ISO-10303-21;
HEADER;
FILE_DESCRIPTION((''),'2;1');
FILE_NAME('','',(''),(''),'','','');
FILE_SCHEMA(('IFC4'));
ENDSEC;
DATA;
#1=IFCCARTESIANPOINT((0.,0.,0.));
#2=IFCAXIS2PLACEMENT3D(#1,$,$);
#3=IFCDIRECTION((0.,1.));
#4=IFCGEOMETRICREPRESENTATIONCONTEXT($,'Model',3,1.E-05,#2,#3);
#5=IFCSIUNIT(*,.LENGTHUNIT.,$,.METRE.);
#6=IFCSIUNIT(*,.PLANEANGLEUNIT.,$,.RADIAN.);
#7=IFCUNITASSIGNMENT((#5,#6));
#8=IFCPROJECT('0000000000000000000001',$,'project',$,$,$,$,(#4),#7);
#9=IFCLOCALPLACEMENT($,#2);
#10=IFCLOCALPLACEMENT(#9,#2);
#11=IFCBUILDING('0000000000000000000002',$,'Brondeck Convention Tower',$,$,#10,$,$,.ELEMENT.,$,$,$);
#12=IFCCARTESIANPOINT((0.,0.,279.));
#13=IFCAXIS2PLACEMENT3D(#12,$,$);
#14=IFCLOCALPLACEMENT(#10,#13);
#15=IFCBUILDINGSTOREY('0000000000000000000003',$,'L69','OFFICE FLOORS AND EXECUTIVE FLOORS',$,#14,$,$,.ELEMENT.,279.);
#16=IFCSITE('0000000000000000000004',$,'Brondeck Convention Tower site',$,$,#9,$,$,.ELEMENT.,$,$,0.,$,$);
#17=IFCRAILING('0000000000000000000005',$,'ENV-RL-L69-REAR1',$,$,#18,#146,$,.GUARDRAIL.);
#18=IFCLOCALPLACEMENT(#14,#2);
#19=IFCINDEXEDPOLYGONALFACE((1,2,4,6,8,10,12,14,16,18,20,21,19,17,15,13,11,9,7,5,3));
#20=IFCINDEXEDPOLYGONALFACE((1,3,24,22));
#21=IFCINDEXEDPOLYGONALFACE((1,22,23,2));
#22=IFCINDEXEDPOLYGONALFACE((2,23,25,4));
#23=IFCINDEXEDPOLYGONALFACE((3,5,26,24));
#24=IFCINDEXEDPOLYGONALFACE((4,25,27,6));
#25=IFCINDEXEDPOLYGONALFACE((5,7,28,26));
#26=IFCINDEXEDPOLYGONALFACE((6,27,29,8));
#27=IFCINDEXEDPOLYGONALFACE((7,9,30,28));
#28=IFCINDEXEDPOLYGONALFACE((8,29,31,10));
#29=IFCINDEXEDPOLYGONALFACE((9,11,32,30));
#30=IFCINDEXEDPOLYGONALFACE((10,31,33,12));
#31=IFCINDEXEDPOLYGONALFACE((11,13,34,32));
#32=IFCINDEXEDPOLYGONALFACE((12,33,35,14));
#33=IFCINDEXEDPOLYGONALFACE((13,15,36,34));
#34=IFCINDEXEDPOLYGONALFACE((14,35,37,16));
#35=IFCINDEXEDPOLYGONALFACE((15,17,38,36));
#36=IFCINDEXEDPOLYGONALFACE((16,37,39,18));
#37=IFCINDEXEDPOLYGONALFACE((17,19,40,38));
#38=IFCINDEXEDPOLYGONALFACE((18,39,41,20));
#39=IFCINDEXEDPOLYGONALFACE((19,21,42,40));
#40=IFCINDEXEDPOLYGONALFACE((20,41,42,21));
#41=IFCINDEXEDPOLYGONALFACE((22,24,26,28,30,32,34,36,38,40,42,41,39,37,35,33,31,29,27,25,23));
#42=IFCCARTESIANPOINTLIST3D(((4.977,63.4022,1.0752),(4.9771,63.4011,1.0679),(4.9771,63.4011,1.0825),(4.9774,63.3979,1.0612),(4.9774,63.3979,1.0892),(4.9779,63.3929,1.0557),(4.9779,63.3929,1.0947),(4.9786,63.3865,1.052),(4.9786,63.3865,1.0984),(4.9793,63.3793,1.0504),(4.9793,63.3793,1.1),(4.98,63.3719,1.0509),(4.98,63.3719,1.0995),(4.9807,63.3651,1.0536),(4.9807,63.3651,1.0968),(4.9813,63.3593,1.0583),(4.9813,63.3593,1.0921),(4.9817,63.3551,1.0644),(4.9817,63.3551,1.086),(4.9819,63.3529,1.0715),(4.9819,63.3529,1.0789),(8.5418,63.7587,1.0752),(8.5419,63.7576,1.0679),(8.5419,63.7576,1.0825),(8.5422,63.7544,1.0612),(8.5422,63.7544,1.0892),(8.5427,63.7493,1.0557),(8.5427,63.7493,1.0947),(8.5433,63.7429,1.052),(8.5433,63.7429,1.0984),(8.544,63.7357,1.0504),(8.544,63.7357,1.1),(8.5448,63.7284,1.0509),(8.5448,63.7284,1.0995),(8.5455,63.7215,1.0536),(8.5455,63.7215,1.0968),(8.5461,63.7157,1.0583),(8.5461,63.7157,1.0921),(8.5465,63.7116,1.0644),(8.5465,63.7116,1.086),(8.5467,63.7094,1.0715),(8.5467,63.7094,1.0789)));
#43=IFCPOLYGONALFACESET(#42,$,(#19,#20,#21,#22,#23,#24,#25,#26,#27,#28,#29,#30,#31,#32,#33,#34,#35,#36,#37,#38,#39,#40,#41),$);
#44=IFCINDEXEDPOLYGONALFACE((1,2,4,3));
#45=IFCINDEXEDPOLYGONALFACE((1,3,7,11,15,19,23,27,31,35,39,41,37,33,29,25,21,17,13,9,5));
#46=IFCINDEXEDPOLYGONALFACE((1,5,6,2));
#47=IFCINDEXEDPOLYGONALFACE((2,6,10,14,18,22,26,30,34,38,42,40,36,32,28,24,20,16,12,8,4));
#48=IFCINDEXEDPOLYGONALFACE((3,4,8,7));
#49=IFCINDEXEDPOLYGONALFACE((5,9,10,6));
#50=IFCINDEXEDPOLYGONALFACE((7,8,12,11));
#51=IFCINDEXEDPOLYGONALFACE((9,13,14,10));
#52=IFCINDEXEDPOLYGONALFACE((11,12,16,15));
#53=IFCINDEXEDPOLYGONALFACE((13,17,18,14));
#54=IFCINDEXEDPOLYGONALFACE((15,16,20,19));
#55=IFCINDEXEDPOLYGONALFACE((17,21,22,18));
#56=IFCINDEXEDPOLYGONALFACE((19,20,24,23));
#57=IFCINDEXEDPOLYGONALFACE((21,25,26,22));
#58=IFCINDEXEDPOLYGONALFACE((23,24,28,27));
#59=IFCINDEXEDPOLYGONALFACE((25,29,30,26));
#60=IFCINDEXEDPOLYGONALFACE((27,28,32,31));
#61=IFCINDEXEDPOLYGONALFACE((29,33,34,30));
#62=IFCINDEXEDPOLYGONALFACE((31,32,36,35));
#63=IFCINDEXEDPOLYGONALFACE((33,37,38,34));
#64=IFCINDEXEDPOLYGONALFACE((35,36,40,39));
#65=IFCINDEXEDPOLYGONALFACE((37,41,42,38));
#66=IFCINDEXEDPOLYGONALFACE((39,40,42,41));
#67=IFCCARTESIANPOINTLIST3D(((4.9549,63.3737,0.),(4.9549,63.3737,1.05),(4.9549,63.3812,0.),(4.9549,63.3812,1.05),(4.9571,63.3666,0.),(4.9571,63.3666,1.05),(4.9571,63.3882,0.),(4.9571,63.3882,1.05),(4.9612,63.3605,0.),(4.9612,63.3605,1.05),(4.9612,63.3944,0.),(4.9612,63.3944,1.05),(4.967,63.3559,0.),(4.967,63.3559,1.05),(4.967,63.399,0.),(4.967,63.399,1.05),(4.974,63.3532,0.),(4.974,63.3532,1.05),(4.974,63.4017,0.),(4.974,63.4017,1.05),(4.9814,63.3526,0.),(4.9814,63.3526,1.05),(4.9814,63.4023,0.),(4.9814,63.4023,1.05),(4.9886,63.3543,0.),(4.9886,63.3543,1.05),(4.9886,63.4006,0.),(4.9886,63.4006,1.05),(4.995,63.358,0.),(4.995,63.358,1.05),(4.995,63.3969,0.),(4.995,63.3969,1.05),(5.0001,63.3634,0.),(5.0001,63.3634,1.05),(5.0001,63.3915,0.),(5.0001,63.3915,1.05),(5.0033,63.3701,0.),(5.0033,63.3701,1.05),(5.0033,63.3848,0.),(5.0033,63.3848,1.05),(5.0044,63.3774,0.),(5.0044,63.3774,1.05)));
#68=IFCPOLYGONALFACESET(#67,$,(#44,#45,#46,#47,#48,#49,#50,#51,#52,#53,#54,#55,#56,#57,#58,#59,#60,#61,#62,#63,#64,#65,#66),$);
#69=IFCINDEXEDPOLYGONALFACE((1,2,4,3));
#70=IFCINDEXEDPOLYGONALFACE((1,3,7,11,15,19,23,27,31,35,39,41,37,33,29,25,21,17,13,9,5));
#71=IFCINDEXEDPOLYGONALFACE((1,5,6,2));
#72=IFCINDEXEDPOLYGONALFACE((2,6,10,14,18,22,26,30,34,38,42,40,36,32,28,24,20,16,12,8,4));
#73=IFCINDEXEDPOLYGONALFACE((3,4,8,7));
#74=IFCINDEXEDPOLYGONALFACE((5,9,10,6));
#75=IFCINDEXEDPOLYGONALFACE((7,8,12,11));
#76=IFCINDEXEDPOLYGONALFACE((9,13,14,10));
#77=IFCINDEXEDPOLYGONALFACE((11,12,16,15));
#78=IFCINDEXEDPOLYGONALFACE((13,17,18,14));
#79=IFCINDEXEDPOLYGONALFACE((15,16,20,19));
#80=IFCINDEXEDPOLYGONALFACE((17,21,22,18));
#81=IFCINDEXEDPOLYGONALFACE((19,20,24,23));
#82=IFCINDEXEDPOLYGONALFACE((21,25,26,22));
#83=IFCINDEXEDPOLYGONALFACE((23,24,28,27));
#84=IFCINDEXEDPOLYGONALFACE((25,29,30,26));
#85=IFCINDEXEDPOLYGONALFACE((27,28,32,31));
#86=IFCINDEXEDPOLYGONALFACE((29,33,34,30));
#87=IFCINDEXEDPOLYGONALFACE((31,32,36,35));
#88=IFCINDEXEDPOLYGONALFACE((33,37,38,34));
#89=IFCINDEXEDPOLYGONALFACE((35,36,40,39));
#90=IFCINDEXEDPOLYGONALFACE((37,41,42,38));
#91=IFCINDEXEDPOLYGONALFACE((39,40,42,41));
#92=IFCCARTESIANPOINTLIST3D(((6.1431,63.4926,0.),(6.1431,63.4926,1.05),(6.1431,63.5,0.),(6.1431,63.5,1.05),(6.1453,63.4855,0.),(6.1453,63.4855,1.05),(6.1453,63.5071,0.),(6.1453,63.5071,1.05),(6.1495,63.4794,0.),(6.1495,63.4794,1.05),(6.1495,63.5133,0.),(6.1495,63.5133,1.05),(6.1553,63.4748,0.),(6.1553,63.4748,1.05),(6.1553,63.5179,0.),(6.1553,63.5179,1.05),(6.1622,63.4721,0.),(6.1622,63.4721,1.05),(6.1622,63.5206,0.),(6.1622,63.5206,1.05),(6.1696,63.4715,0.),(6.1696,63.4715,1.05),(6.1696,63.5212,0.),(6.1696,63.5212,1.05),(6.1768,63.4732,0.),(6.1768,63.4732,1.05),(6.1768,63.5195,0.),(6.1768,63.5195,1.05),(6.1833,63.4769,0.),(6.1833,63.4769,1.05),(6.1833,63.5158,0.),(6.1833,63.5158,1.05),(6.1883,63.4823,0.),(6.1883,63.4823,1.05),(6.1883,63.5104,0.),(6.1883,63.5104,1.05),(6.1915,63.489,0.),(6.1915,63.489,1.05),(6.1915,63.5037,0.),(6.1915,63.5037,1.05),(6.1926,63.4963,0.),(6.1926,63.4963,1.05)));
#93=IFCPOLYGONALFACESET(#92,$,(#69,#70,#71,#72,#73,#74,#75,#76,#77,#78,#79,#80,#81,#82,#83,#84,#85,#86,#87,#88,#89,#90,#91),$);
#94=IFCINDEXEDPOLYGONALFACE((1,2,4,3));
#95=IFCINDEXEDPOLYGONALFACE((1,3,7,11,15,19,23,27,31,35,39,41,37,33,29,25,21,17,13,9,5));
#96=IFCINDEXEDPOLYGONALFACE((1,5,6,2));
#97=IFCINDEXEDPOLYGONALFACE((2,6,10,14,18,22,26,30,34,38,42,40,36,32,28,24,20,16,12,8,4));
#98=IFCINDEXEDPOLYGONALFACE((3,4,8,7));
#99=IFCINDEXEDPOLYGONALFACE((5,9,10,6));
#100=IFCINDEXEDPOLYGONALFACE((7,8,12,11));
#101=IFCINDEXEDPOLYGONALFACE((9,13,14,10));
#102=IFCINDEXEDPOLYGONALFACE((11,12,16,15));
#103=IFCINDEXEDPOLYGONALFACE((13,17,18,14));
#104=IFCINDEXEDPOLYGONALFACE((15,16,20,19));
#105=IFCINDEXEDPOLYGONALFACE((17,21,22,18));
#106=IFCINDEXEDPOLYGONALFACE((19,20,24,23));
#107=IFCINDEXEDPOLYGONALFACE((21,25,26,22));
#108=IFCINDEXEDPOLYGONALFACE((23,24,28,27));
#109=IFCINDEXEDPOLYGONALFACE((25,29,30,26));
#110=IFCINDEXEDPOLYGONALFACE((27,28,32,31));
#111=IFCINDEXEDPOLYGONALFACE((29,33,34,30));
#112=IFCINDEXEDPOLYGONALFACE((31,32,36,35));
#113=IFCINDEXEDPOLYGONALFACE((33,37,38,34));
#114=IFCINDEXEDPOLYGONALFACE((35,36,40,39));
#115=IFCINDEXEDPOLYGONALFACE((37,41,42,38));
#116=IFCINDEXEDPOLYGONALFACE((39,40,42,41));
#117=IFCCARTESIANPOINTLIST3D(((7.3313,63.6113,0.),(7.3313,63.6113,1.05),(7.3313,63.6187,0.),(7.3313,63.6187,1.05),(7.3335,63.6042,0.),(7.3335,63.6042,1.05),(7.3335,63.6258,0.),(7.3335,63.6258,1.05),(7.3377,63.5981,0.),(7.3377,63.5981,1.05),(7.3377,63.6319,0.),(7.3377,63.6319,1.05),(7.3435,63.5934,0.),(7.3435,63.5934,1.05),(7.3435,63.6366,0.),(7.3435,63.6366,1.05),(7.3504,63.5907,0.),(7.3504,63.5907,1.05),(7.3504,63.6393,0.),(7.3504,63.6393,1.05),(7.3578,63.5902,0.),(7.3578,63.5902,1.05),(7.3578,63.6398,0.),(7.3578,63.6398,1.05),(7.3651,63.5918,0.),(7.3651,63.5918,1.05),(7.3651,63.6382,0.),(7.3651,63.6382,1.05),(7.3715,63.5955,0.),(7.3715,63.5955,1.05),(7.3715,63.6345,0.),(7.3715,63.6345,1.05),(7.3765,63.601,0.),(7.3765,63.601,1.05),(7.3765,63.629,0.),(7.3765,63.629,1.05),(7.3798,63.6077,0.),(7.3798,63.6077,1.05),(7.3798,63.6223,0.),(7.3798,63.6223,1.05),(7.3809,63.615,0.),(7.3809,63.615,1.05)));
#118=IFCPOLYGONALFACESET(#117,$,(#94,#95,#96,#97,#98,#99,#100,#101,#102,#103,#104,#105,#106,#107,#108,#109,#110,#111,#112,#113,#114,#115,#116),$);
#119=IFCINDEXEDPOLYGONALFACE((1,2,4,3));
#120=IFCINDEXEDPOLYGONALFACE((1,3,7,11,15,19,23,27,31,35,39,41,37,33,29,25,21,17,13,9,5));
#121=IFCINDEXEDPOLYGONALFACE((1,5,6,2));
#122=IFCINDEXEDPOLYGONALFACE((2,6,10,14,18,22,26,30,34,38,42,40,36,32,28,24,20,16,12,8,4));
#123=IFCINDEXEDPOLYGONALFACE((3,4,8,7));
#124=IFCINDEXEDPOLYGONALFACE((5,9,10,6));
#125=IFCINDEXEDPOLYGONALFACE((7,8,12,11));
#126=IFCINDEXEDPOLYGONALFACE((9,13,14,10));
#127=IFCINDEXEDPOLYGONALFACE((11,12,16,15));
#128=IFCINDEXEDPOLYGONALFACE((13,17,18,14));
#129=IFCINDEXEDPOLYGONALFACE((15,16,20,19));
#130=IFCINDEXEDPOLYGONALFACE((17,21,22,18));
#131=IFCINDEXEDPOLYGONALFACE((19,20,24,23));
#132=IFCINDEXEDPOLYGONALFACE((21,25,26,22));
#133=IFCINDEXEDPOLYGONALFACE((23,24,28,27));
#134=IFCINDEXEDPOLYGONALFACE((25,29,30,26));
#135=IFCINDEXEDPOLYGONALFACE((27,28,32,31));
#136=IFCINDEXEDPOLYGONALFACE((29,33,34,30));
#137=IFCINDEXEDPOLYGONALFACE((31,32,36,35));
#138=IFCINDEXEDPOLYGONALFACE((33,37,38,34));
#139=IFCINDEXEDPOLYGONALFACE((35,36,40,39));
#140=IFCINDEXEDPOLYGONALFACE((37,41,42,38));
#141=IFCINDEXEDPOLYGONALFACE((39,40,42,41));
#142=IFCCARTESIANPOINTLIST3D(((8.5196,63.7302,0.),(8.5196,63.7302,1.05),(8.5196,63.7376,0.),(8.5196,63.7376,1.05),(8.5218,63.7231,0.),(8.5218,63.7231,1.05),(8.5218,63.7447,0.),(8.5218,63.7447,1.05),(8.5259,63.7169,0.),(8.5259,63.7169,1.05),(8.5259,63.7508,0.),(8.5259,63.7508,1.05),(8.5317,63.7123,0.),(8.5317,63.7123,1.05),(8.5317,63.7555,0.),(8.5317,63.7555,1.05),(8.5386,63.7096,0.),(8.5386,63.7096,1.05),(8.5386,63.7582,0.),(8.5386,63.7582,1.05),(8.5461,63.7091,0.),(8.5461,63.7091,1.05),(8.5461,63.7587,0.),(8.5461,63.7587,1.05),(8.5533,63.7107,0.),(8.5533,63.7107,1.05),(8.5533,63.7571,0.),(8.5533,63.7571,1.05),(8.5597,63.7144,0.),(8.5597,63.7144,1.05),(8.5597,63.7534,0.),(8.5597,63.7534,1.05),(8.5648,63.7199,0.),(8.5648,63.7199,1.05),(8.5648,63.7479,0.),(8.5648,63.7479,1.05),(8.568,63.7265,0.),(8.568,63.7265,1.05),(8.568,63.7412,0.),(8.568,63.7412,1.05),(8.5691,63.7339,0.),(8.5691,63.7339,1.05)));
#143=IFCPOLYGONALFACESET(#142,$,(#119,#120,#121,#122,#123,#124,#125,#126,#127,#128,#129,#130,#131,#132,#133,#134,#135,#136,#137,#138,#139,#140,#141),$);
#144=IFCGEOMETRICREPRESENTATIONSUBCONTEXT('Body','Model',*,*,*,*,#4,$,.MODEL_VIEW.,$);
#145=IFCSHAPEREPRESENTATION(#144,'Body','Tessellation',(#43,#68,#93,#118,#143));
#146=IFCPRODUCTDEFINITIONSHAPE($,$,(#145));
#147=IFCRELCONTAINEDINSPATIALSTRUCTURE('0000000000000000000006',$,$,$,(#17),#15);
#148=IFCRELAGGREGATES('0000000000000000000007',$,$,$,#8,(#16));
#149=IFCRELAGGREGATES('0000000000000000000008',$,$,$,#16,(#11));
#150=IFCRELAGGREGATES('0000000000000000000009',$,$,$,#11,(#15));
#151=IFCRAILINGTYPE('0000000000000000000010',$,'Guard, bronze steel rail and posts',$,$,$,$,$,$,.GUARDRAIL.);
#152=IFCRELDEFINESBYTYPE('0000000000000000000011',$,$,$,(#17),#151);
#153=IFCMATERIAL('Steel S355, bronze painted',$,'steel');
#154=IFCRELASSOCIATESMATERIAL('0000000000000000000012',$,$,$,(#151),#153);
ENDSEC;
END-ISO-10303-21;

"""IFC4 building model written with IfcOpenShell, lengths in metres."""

from ifc_helpers import new_model, si_unit, direction, frame, origin, origin_2d, place, context, subcontext, project, spatial, circle, extrude, material, type_object, element, save


model = new_model("IFC4")

# Units and contexts
model_context = context("Model", 3, precision=1e-05, world=origin(), true_north=direction((0.0, 1.0)))
body_context = subcontext(model_context, "Body", "Model", "MODEL_VIEW")
ifc_project = project(units=[si_unit("LENGTHUNIT", "METRE"), si_unit("PLANEANGLEUNIT", "RADIAN")], contexts=[model_context])

# Site, building, storey
site_placement = place(None, origin())
site = spatial("IfcSite", under=ifc_project, at=site_placement, Name="Brondeck Convention Tower site", CompositionType="ELEMENT", RefElevation=0.0)
building_placement = place(site_placement, origin())
building = spatial("IfcBuilding", under=site, at=building_placement, Name="Brondeck Convention Tower", CompositionType="ELEMENT")
storey_placement = place(building_placement, frame((0.0, 0.0, 279.0)))
storey = spatial("IfcBuildingStorey", under=building, at=storey_placement, Name="L69", Description="OFFICE FLOORS AND EXECUTIVE FLOORS", CompositionType="ELEMENT", Elevation=279.0)

# Railing
ifc_material_1 = material(Name="Steel S355, bronze painted", Category="steel")
railing_type = type_object("IfcRailingType", Name="Guard, bronze steel rail and posts", PredefinedType="GUARDRAIL", material=ifc_material_1)
railing_placement = place(storey_placement, frame((4.9795, 63.3774, 0.0)))
element("IfcRailing", 1, at=railing_placement, inside=storey, type_object=railing_type, Name="ENV-RL-L69-REAR1", PredefinedType="GUARDRAIL", context=body_context, shape_type="SweptSolid", body=[
    extrude(circle(Radius=0.0249, at=origin_2d()), frame((0.0, 0.0, 1.0752), z_axis=(0.995038, 0.099497, 0.0), x_axis=(-0.099497, 0.995038, 0.0)), (0.0, 0.0, 1.0), 3.5825),
    extrude(circle(Radius=0.0249, at=origin_2d()), origin(), (0.0, 0.0, 1.0), 1.05),
    extrude(circle(Radius=0.0249, at=origin_2d()), frame((1.1882, 0.1189, 0.0)), (0.0, 0.0, 1.0), 1.05),
    extrude(circle(Radius=0.0249, at=origin_2d()), frame((2.3765, 0.2375, 0.0)), (0.0, 0.0, 1.0), 1.05),
    extrude(circle(Radius=0.0249, at=origin_2d()), frame((3.5647, 0.3564, 0.0)), (0.0, 0.0, 1.0), 1.05),
])

save(model, "model.ifc")
